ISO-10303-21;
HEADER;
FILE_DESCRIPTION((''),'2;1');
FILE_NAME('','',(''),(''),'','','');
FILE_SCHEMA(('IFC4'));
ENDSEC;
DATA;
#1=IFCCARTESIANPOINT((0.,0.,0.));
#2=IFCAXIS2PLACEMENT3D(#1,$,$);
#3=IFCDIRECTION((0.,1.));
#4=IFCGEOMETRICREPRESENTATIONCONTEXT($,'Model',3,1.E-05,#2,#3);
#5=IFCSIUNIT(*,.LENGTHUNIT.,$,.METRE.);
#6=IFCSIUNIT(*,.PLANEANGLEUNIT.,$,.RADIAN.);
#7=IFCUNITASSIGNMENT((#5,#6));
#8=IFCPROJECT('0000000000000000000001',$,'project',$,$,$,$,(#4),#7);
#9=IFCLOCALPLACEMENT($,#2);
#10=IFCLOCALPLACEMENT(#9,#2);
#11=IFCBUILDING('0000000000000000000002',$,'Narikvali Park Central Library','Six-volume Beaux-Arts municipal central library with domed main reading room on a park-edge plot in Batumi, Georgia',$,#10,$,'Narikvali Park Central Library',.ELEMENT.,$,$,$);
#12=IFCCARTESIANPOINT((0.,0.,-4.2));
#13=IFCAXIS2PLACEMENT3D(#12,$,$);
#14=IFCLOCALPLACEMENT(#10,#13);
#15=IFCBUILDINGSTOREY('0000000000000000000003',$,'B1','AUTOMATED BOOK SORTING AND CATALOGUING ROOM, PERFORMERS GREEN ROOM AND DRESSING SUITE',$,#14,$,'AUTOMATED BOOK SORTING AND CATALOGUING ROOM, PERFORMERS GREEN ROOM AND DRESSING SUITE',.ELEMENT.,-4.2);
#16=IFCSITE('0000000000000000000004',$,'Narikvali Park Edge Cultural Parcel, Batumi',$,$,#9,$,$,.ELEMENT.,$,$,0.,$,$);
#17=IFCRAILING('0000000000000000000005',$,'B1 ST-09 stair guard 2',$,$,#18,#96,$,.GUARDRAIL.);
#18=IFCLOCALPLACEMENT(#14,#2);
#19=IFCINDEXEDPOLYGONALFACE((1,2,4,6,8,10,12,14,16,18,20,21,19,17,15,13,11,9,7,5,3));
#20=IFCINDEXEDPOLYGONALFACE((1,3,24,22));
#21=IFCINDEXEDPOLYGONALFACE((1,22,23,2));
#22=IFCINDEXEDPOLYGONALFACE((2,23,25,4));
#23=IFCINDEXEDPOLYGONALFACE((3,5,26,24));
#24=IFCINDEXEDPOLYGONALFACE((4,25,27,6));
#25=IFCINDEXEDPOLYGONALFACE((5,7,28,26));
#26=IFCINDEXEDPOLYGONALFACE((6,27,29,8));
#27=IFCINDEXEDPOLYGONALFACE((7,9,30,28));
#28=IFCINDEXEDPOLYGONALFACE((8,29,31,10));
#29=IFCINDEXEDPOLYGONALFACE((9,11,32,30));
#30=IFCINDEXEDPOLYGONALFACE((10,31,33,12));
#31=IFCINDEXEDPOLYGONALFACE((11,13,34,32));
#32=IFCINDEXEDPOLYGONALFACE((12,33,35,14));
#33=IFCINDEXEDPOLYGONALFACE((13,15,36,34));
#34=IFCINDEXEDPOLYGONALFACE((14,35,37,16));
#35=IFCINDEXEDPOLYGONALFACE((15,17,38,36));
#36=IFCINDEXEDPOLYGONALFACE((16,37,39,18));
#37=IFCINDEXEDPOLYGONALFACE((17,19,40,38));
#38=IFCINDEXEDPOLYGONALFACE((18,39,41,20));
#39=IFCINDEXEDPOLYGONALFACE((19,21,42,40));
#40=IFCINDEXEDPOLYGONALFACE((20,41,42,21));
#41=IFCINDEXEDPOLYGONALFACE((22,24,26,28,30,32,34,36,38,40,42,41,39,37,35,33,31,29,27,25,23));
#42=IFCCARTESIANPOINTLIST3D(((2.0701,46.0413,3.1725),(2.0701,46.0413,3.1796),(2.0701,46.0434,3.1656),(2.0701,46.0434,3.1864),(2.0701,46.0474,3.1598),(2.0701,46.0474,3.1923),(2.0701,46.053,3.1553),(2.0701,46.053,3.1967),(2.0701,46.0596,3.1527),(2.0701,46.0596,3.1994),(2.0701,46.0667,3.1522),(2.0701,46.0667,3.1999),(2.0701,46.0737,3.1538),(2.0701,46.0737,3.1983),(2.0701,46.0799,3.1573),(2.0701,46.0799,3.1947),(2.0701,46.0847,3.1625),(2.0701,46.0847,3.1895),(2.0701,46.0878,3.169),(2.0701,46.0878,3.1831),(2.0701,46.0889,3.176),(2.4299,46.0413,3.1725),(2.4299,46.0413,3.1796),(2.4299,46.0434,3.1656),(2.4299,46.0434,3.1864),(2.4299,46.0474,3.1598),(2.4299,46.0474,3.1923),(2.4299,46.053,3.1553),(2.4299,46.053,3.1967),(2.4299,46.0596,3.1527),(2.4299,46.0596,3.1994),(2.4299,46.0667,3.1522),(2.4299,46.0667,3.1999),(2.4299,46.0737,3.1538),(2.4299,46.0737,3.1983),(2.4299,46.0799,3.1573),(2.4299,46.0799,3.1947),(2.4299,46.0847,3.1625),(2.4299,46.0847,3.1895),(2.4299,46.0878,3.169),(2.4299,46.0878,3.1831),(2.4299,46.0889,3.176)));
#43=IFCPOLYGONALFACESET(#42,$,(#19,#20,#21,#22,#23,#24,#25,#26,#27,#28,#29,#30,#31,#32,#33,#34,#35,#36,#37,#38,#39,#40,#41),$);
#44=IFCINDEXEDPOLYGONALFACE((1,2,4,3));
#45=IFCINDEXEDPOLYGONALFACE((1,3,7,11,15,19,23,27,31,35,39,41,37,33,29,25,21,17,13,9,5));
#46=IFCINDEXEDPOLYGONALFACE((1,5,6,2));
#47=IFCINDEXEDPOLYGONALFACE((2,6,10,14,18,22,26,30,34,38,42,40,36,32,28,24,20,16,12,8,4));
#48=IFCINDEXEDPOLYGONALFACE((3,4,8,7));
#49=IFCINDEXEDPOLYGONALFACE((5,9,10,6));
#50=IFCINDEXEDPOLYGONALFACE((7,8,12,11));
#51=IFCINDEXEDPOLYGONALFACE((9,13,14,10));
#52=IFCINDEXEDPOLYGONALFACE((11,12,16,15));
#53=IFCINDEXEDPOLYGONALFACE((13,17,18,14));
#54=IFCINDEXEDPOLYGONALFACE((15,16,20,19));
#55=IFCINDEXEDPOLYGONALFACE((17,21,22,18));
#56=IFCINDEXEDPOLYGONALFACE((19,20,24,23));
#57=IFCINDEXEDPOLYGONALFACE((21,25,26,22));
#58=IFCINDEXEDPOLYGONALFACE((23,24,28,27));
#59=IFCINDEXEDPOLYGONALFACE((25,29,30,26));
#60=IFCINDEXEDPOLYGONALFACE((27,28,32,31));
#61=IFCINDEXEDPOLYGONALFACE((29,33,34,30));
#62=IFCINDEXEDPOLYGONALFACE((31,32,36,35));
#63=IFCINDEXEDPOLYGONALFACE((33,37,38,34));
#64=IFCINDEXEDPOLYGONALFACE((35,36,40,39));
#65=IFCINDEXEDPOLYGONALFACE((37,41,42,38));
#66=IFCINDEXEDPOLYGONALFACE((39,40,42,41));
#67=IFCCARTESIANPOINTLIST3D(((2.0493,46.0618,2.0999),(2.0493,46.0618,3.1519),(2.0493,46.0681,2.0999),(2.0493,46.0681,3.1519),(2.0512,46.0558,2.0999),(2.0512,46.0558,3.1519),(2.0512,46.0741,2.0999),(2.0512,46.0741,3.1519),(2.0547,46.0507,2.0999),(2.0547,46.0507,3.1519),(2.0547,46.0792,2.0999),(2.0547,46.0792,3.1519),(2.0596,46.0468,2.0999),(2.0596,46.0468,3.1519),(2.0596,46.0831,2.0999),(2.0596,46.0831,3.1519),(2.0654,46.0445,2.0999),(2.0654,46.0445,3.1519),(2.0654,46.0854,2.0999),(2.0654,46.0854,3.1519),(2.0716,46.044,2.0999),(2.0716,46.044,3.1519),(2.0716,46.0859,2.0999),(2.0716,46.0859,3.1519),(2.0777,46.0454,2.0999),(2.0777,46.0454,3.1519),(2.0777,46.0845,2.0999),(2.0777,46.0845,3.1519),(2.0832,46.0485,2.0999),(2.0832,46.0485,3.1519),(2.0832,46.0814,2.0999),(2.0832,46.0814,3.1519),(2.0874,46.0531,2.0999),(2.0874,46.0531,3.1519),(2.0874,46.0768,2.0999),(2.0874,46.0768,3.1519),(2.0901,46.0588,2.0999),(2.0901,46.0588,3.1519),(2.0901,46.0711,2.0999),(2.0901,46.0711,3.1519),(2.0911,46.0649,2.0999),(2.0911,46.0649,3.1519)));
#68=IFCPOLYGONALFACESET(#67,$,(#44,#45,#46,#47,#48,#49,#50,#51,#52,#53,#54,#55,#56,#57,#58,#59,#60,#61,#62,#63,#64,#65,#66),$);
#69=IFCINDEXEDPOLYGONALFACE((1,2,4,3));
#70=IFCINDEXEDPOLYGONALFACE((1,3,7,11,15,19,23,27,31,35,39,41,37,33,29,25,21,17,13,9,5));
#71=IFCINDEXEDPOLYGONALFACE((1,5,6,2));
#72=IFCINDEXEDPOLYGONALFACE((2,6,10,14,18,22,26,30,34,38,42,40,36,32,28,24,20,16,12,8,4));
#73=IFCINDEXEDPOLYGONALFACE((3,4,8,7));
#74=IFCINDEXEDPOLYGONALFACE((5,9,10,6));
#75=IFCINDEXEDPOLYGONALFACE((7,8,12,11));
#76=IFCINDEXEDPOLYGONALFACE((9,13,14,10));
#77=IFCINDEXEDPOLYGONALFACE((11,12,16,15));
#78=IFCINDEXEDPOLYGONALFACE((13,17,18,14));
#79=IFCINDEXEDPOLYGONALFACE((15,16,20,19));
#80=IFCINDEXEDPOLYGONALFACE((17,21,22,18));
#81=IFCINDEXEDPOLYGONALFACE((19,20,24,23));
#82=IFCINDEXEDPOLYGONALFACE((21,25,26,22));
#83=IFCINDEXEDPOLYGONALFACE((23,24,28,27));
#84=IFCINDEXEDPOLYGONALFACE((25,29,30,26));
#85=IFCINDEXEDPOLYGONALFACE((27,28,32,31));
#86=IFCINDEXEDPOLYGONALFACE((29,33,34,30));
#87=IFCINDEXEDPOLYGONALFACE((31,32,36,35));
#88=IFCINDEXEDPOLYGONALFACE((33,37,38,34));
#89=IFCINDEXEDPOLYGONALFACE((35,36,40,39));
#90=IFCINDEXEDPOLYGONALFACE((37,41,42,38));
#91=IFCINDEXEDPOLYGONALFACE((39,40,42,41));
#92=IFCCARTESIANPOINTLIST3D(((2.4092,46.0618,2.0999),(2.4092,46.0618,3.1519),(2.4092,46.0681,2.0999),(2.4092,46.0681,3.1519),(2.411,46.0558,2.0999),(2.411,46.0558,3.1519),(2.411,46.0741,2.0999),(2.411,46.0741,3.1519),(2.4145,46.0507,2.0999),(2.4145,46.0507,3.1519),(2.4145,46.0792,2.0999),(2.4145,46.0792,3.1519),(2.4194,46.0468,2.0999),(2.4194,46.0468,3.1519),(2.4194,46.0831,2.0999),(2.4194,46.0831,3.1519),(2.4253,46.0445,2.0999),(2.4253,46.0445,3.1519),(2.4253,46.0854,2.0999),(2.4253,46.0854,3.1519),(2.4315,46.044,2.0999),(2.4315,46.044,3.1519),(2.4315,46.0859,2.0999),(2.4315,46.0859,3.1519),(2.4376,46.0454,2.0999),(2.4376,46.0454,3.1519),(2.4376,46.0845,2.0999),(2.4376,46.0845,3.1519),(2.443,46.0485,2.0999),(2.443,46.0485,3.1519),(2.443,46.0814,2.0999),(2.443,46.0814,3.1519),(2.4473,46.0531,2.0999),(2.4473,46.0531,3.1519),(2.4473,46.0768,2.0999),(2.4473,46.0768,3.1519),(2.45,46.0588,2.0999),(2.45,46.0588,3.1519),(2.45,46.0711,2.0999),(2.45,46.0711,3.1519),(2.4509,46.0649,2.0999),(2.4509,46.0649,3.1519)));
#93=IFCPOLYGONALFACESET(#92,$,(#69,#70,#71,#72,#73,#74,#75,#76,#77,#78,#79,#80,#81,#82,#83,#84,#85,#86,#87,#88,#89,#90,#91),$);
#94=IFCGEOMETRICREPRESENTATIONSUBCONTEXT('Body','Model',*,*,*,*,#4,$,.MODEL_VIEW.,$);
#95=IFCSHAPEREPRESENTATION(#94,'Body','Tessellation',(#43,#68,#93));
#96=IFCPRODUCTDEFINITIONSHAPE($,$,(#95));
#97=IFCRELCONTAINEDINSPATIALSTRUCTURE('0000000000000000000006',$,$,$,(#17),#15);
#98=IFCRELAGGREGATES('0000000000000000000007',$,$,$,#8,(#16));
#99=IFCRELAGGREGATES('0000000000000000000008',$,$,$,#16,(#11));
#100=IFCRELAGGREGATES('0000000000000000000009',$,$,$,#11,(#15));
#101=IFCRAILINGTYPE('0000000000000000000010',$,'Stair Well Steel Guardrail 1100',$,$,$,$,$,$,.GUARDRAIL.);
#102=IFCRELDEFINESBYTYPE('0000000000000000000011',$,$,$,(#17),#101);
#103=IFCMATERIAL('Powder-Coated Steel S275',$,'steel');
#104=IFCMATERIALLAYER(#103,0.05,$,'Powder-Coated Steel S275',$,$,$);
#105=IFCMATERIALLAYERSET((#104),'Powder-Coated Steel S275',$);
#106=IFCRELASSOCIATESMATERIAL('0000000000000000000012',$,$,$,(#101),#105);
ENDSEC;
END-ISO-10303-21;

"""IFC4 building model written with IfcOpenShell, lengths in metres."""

from ifc_helpers import new_model, si_unit, direction, frame, origin, origin_2d, place, context, subcontext, project, spatial, circle, extrude, material, layer, layer_set, type_object, element, save


model = new_model("IFC4")

# Units and contexts
model_context = context("Model", 3, precision=1e-05, world=origin(), true_north=direction((0.0, 1.0)))
body_context = subcontext(model_context, "Body", "Model", "MODEL_VIEW")
ifc_project = project(units=[si_unit("LENGTHUNIT", "METRE"), si_unit("PLANEANGLEUNIT", "RADIAN")], contexts=[model_context])

# Site, building, storey
site_placement = place(None, origin())
site = spatial("IfcSite", under=ifc_project, at=site_placement, Name="Narikvali Park Edge Cultural Parcel, Batumi", CompositionType="ELEMENT", RefElevation=0.0)
building_placement = place(site_placement, origin())
building = spatial("IfcBuilding", under=site, at=building_placement, Name="Narikvali Park Central Library", Description="Six-volume Beaux-Arts municipal central library with domed main reading room on a park-edge plot in Batumi, Georgia", LongName="Narikvali Park Central Library", CompositionType="ELEMENT")
storey_placement = place(building_placement, frame((0.0, 0.0, -4.2)))
storey = spatial("IfcBuildingStorey", under=building, at=storey_placement, Name="B1", Description="AUTOMATED BOOK SORTING AND CATALOGUING ROOM, PERFORMERS GREEN ROOM AND DRESSING SUITE", LongName="AUTOMATED BOOK SORTING AND CATALOGUING ROOM, PERFORMERS GREEN ROOM AND DRESSING SUITE", CompositionType="ELEMENT", Elevation=-4.2)

# Railing
ifc_material_1 = material(Name="Powder-Coated Steel S275", Category="steel")
ifc_layer_1 = layer(ifc_material_1, 0.05, Name="Powder-Coated Steel S275")
ifc_layer_set_1 = layer_set([ifc_layer_1], Name="Powder-Coated Steel S275")
railing_type_1 = type_object("IfcRailingType", Name="Stair Well Steel Guardrail 1100", PredefinedType="GUARDRAIL", material=ifc_layer_set_1)
railing_1_placement = place(storey_placement, frame((2.0701, 46.0649, 2.0999)))
element("IfcRailing", 1, at=railing_1_placement, inside=storey, type_object=railing_type_1, Name="B1 ST-09 stair guard 2", PredefinedType="GUARDRAIL", context=body_context, shape_type="SweptSolid", body=[
    extrude(circle(Radius=0.0239, at=origin_2d()), frame((0.0, 0.0, 1.0762), z_axis=(1.0, 0.0, 0.0), x_axis=(0.0, 1.0, 0.0)), (0.0, 0.0, 1.0), 0.3599),
    extrude(circle(Radius=0.021, at=origin_2d()), origin(), (0.0, 0.0, 1.0), 1.052),
    extrude(circle(Radius=0.021, at=origin_2d()), frame((0.3599, 0.0, 0.0)), (0.0, 0.0, 1.0), 1.052),
])

save(model, "model.ifc")
